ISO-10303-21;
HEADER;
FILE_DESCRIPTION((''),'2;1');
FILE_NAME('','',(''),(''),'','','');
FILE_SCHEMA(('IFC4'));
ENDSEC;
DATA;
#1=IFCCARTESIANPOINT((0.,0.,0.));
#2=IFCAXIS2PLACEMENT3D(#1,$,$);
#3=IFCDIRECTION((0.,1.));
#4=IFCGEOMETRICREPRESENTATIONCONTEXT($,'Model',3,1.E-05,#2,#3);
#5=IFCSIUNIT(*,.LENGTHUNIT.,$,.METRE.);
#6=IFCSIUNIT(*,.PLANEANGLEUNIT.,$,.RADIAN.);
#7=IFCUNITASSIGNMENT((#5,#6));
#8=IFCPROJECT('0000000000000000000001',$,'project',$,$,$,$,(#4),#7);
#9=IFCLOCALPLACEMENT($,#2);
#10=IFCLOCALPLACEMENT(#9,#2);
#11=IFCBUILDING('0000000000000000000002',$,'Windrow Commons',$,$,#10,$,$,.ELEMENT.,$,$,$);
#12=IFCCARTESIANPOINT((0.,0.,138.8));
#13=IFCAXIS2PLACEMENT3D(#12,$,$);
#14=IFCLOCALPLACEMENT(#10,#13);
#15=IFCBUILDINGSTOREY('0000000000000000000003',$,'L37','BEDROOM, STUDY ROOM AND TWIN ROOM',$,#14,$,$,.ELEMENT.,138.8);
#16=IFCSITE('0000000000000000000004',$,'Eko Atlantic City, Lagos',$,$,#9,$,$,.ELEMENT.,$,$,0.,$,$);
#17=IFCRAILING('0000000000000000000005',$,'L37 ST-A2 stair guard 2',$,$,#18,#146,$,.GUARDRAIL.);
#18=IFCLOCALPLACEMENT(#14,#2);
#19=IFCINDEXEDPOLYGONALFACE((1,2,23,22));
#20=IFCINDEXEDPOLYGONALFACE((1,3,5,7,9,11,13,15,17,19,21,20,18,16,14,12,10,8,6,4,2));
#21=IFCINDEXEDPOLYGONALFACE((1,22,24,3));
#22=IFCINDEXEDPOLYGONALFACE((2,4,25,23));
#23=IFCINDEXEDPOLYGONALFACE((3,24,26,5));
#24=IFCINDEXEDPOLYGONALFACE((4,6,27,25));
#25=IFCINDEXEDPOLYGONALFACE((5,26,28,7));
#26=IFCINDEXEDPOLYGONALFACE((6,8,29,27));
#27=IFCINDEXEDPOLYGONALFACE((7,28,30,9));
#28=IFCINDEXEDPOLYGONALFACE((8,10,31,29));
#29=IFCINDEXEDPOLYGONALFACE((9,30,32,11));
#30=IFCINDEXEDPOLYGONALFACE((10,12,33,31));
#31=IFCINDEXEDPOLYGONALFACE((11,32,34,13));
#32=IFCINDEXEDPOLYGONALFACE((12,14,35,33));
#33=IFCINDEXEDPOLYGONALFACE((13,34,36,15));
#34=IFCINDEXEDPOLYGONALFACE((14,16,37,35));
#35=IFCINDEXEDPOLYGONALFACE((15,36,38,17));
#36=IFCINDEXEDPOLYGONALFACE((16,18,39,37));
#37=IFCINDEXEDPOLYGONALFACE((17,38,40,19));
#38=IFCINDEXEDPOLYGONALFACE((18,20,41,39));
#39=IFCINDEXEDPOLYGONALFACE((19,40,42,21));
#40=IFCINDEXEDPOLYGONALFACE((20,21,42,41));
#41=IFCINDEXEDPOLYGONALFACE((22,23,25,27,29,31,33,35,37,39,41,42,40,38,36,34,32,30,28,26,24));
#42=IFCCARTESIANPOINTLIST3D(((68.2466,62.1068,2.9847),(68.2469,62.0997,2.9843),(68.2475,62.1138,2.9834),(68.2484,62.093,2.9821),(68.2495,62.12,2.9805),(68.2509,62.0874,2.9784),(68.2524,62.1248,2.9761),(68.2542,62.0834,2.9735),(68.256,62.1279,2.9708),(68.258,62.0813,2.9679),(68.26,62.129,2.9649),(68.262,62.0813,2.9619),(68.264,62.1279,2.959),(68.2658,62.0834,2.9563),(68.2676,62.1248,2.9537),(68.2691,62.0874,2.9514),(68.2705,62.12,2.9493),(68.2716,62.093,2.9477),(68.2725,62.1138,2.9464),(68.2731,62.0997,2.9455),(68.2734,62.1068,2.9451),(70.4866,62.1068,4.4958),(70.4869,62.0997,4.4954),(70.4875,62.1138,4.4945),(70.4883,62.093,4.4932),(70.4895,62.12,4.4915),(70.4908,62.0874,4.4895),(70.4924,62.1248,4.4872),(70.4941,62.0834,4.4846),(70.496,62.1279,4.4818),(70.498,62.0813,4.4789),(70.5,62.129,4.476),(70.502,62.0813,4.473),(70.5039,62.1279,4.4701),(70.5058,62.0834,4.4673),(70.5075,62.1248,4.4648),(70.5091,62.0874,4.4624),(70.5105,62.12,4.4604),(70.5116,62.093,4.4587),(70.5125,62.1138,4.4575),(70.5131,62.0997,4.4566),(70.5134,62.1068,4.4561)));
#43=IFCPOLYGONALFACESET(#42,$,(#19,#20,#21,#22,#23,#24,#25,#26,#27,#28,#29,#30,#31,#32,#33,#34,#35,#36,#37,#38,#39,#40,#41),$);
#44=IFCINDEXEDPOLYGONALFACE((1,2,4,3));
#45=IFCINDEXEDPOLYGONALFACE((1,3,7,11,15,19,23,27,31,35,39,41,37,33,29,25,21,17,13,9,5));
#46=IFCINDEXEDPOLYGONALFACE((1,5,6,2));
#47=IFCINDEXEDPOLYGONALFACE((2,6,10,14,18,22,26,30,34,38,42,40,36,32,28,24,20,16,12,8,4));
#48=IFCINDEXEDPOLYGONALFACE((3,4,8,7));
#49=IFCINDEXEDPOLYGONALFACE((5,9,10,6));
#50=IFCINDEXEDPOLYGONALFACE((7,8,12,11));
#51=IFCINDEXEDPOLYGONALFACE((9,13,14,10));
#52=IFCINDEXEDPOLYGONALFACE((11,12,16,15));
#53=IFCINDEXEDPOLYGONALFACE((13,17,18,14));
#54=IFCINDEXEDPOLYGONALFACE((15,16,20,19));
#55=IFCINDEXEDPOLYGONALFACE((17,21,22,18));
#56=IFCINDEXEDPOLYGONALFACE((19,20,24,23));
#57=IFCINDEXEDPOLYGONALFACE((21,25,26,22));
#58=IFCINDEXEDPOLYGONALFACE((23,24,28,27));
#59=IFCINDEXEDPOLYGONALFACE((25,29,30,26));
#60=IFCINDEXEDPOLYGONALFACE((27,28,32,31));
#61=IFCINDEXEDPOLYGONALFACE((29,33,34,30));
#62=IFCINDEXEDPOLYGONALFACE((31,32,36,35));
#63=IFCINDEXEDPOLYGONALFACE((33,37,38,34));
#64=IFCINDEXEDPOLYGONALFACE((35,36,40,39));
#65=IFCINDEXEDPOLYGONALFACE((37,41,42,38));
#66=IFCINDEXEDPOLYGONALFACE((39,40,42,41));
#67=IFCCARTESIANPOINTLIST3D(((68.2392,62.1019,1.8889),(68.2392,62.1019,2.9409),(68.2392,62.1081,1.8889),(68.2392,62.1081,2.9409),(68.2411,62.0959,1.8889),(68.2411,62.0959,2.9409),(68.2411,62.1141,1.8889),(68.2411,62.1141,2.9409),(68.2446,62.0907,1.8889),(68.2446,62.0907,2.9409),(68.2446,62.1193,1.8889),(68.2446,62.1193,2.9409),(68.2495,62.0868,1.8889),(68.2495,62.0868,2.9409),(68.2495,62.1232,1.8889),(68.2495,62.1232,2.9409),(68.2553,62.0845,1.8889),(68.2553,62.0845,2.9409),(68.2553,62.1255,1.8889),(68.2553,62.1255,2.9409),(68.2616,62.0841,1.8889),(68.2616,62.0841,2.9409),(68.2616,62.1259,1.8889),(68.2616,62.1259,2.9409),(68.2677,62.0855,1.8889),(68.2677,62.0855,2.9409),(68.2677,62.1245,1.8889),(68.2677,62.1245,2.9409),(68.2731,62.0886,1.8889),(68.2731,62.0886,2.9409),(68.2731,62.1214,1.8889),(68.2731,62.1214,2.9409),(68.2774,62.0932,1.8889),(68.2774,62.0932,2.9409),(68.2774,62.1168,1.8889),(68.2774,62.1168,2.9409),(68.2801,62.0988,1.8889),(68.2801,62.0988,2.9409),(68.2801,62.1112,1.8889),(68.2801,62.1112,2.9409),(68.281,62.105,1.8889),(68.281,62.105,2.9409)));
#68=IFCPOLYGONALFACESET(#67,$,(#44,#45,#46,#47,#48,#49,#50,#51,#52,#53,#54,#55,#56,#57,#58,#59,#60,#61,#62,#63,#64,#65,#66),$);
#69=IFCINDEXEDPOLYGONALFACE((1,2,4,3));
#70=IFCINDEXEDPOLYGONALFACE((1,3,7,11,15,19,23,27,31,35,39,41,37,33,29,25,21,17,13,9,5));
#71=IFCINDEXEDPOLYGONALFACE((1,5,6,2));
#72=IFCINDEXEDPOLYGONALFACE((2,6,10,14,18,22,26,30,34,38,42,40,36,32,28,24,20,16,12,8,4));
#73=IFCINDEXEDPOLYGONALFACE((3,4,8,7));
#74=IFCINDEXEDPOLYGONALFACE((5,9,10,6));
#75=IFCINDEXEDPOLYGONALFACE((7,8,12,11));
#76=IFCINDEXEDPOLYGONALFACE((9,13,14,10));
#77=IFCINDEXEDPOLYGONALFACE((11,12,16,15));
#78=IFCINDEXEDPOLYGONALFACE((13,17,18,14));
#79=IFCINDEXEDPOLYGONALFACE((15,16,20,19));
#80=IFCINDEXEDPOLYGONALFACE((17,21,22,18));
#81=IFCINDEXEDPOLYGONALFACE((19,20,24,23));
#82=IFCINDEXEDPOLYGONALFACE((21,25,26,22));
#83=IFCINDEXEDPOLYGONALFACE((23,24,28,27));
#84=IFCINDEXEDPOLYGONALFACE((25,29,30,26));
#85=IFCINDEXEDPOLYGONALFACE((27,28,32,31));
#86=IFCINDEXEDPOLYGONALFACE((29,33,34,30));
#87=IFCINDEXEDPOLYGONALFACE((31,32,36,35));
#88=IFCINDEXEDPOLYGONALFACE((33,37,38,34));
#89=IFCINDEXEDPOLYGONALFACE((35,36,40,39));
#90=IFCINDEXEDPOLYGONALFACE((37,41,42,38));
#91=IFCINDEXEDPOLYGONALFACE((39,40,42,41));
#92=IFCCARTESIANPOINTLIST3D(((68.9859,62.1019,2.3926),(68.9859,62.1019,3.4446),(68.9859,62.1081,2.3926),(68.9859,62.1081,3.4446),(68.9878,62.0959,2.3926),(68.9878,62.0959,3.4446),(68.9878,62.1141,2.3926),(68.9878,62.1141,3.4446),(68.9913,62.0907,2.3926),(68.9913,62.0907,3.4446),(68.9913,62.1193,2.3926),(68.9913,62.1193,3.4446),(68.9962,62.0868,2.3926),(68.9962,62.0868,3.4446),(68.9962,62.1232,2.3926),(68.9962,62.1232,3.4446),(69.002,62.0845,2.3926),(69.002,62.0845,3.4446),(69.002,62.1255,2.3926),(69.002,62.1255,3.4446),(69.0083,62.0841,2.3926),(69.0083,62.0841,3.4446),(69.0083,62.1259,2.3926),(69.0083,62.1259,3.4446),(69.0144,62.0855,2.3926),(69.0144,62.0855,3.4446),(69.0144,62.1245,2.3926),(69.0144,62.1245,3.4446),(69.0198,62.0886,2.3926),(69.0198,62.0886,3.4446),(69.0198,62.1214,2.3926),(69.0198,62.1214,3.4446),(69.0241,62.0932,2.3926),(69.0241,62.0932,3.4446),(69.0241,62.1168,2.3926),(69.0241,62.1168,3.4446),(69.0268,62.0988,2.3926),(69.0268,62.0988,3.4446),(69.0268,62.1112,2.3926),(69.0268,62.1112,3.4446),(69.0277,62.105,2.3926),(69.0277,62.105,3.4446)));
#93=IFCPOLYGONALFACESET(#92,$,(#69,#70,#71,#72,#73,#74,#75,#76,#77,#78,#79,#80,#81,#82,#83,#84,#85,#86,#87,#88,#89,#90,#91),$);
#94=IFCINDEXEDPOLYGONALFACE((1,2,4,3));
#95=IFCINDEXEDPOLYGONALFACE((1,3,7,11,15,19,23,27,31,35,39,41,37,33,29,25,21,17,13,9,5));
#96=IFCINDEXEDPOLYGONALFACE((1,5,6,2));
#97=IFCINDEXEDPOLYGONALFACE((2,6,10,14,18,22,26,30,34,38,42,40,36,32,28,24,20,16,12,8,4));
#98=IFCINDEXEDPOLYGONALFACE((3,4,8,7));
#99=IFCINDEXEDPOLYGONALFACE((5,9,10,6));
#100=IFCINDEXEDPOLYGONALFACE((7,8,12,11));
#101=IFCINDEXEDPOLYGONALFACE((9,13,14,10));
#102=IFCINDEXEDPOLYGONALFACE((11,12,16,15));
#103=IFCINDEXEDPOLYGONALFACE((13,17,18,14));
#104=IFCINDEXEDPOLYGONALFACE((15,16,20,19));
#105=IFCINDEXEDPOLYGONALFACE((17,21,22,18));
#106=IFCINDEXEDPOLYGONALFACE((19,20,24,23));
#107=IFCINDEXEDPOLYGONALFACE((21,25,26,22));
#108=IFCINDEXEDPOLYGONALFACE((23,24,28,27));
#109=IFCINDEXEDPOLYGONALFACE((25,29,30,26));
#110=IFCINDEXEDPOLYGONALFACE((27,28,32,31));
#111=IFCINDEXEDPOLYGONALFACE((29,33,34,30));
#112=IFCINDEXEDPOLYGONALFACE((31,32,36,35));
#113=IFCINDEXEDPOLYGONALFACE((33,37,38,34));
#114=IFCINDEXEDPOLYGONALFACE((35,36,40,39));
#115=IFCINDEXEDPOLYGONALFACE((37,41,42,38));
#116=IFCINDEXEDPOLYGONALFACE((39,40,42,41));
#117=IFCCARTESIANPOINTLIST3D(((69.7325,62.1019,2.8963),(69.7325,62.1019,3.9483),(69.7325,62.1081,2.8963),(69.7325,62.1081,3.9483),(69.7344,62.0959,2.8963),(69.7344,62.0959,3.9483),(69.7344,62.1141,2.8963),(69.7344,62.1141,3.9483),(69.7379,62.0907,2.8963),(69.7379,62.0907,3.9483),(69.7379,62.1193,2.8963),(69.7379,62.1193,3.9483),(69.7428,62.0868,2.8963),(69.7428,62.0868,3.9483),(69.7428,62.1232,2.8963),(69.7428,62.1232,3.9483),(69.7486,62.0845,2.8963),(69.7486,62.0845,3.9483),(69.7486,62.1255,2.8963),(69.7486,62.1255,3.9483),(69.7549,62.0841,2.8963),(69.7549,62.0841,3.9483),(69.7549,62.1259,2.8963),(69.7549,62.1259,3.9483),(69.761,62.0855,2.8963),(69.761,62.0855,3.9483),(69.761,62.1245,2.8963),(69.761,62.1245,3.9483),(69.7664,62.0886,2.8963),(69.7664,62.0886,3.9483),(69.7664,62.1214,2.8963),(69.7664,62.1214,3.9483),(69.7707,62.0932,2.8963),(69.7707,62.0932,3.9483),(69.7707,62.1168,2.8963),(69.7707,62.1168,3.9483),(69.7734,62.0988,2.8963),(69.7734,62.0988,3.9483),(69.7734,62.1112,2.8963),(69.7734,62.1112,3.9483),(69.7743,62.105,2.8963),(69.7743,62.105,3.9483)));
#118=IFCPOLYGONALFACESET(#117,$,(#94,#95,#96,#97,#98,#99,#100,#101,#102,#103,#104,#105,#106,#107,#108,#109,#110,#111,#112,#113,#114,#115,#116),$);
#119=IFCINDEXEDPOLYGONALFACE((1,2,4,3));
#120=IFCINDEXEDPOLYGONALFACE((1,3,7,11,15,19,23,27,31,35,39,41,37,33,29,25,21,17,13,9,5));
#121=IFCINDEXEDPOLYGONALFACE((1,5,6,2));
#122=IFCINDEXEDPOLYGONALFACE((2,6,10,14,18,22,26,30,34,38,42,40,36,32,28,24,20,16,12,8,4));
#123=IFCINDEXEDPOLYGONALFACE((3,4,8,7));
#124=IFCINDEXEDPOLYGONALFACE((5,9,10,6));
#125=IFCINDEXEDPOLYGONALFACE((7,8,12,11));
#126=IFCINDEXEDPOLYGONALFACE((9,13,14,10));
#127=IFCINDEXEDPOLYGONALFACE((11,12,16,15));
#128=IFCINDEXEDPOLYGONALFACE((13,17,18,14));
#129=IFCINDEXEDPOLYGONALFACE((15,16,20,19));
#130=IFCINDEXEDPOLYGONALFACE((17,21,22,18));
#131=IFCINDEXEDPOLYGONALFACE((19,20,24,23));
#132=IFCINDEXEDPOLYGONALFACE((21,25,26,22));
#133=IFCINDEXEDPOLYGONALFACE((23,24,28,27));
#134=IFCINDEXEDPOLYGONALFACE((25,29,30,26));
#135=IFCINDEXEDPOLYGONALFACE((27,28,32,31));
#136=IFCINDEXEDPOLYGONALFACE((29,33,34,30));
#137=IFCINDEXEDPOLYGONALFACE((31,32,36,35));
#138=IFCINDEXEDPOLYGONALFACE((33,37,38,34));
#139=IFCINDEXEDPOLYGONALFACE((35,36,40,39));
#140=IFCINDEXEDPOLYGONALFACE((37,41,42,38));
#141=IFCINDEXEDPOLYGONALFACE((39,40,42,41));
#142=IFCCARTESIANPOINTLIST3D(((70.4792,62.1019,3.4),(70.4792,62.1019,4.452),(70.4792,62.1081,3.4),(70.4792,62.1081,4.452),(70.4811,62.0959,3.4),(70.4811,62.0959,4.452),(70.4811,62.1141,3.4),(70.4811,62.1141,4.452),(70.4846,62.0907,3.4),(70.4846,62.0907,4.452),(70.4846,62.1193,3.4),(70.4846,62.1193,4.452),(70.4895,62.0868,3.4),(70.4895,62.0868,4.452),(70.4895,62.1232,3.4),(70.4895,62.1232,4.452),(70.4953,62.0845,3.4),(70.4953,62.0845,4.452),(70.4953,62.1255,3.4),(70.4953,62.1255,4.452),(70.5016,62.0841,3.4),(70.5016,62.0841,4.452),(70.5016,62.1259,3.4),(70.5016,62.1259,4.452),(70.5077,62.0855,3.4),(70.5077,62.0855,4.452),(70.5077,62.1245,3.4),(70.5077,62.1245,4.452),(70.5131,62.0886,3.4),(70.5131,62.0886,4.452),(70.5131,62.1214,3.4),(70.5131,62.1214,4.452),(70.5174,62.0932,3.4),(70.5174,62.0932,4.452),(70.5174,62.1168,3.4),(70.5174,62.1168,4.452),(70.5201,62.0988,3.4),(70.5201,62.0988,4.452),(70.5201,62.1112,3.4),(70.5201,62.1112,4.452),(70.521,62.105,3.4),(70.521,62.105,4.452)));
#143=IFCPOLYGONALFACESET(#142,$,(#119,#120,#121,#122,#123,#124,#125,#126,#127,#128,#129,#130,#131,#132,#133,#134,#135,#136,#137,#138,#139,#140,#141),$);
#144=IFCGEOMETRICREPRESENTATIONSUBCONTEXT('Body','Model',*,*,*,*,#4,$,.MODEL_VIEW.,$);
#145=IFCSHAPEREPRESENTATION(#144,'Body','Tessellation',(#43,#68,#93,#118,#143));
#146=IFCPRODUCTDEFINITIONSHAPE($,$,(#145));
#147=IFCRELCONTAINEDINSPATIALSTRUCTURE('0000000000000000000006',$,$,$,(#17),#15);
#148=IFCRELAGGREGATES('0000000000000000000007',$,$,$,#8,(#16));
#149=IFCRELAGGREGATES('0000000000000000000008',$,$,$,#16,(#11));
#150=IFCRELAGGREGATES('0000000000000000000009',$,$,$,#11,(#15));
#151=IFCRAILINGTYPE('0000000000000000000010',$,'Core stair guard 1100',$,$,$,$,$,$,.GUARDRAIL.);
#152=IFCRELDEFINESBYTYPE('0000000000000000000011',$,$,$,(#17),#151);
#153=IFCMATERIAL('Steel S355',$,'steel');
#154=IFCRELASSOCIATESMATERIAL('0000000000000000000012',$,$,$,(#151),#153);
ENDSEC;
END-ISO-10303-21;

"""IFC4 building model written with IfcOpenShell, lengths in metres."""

from ifc_helpers import new_model, si_unit, direction, frame, origin, origin_2d, place, context, subcontext, project, spatial, circle, extrude, material, type_object, element, save


model = new_model("IFC4")

# Units and contexts
model_context = context("Model", 3, precision=1e-05, world=origin(), true_north=direction((0.0, 1.0)))
body_context = subcontext(model_context, "Body", "Model", "MODEL_VIEW")
ifc_project = project(units=[si_unit("LENGTHUNIT", "METRE"), si_unit("PLANEANGLEUNIT", "RADIAN")], contexts=[model_context])

# Site, building, storey
site_placement = place(None, origin())
site = spatial("IfcSite", under=ifc_project, at=site_placement, Name="Eko Atlantic City, Lagos", CompositionType="ELEMENT", RefElevation=0.0)
building_placement = place(site_placement, origin())
building = spatial("IfcBuilding", under=site, at=building_placement, Name="Windrow Commons", CompositionType="ELEMENT")
storey_placement = place(building_placement, frame((0.0, 0.0, 138.8)))
storey = spatial("IfcBuildingStorey", under=building, at=storey_placement, Name="L37", Description="BEDROOM, STUDY ROOM AND TWIN ROOM", CompositionType="ELEMENT", Elevation=138.8)

# Railing
ifc_material_1 = material(Name="Steel S355", Category="steel")
railing_type_1 = type_object("IfcRailingType", Name="Core stair guard 1100", PredefinedType="GUARDRAIL", material=ifc_material_1)
railing_1_placement = place(storey_placement, frame((68.26, 62.105, 1.8889)))
element("IfcRailing", 1, at=railing_1_placement, inside=storey, type_object=railing_type_1, Name="L37 ST-A2 stair guard 2", PredefinedType="GUARDRAIL", context=body_context, shape_type="SweptSolid", body=[
    extrude(circle(Radius=0.024, at=origin_2d()), frame((0.0, 0.0, 1.076), z_axis=(0.829003, 0.0, 0.559244), x_axis=(0.0, 1.0, 0.0)), (0.0, 0.0, 1.0), 2.702),
    extrude(circle(Radius=0.021, at=origin_2d()), origin(), (0.0, 0.0, 1.0), 1.052),
    extrude(circle(Radius=0.021, at=origin_2d()), frame((0.7467, 0.0, 0.5037)), (0.0, 0.0, 1.0), 1.052),
    extrude(circle(Radius=0.021, at=origin_2d()), frame((1.4933, 0.0, 1.0074)), (0.0, 0.0, 1.0), 1.052),
    extrude(circle(Radius=0.021, at=origin_2d()), frame((2.24, 0.0, 1.5111)), (0.0, 0.0, 1.0), 1.052),
])

save(model, "model.ifc")
